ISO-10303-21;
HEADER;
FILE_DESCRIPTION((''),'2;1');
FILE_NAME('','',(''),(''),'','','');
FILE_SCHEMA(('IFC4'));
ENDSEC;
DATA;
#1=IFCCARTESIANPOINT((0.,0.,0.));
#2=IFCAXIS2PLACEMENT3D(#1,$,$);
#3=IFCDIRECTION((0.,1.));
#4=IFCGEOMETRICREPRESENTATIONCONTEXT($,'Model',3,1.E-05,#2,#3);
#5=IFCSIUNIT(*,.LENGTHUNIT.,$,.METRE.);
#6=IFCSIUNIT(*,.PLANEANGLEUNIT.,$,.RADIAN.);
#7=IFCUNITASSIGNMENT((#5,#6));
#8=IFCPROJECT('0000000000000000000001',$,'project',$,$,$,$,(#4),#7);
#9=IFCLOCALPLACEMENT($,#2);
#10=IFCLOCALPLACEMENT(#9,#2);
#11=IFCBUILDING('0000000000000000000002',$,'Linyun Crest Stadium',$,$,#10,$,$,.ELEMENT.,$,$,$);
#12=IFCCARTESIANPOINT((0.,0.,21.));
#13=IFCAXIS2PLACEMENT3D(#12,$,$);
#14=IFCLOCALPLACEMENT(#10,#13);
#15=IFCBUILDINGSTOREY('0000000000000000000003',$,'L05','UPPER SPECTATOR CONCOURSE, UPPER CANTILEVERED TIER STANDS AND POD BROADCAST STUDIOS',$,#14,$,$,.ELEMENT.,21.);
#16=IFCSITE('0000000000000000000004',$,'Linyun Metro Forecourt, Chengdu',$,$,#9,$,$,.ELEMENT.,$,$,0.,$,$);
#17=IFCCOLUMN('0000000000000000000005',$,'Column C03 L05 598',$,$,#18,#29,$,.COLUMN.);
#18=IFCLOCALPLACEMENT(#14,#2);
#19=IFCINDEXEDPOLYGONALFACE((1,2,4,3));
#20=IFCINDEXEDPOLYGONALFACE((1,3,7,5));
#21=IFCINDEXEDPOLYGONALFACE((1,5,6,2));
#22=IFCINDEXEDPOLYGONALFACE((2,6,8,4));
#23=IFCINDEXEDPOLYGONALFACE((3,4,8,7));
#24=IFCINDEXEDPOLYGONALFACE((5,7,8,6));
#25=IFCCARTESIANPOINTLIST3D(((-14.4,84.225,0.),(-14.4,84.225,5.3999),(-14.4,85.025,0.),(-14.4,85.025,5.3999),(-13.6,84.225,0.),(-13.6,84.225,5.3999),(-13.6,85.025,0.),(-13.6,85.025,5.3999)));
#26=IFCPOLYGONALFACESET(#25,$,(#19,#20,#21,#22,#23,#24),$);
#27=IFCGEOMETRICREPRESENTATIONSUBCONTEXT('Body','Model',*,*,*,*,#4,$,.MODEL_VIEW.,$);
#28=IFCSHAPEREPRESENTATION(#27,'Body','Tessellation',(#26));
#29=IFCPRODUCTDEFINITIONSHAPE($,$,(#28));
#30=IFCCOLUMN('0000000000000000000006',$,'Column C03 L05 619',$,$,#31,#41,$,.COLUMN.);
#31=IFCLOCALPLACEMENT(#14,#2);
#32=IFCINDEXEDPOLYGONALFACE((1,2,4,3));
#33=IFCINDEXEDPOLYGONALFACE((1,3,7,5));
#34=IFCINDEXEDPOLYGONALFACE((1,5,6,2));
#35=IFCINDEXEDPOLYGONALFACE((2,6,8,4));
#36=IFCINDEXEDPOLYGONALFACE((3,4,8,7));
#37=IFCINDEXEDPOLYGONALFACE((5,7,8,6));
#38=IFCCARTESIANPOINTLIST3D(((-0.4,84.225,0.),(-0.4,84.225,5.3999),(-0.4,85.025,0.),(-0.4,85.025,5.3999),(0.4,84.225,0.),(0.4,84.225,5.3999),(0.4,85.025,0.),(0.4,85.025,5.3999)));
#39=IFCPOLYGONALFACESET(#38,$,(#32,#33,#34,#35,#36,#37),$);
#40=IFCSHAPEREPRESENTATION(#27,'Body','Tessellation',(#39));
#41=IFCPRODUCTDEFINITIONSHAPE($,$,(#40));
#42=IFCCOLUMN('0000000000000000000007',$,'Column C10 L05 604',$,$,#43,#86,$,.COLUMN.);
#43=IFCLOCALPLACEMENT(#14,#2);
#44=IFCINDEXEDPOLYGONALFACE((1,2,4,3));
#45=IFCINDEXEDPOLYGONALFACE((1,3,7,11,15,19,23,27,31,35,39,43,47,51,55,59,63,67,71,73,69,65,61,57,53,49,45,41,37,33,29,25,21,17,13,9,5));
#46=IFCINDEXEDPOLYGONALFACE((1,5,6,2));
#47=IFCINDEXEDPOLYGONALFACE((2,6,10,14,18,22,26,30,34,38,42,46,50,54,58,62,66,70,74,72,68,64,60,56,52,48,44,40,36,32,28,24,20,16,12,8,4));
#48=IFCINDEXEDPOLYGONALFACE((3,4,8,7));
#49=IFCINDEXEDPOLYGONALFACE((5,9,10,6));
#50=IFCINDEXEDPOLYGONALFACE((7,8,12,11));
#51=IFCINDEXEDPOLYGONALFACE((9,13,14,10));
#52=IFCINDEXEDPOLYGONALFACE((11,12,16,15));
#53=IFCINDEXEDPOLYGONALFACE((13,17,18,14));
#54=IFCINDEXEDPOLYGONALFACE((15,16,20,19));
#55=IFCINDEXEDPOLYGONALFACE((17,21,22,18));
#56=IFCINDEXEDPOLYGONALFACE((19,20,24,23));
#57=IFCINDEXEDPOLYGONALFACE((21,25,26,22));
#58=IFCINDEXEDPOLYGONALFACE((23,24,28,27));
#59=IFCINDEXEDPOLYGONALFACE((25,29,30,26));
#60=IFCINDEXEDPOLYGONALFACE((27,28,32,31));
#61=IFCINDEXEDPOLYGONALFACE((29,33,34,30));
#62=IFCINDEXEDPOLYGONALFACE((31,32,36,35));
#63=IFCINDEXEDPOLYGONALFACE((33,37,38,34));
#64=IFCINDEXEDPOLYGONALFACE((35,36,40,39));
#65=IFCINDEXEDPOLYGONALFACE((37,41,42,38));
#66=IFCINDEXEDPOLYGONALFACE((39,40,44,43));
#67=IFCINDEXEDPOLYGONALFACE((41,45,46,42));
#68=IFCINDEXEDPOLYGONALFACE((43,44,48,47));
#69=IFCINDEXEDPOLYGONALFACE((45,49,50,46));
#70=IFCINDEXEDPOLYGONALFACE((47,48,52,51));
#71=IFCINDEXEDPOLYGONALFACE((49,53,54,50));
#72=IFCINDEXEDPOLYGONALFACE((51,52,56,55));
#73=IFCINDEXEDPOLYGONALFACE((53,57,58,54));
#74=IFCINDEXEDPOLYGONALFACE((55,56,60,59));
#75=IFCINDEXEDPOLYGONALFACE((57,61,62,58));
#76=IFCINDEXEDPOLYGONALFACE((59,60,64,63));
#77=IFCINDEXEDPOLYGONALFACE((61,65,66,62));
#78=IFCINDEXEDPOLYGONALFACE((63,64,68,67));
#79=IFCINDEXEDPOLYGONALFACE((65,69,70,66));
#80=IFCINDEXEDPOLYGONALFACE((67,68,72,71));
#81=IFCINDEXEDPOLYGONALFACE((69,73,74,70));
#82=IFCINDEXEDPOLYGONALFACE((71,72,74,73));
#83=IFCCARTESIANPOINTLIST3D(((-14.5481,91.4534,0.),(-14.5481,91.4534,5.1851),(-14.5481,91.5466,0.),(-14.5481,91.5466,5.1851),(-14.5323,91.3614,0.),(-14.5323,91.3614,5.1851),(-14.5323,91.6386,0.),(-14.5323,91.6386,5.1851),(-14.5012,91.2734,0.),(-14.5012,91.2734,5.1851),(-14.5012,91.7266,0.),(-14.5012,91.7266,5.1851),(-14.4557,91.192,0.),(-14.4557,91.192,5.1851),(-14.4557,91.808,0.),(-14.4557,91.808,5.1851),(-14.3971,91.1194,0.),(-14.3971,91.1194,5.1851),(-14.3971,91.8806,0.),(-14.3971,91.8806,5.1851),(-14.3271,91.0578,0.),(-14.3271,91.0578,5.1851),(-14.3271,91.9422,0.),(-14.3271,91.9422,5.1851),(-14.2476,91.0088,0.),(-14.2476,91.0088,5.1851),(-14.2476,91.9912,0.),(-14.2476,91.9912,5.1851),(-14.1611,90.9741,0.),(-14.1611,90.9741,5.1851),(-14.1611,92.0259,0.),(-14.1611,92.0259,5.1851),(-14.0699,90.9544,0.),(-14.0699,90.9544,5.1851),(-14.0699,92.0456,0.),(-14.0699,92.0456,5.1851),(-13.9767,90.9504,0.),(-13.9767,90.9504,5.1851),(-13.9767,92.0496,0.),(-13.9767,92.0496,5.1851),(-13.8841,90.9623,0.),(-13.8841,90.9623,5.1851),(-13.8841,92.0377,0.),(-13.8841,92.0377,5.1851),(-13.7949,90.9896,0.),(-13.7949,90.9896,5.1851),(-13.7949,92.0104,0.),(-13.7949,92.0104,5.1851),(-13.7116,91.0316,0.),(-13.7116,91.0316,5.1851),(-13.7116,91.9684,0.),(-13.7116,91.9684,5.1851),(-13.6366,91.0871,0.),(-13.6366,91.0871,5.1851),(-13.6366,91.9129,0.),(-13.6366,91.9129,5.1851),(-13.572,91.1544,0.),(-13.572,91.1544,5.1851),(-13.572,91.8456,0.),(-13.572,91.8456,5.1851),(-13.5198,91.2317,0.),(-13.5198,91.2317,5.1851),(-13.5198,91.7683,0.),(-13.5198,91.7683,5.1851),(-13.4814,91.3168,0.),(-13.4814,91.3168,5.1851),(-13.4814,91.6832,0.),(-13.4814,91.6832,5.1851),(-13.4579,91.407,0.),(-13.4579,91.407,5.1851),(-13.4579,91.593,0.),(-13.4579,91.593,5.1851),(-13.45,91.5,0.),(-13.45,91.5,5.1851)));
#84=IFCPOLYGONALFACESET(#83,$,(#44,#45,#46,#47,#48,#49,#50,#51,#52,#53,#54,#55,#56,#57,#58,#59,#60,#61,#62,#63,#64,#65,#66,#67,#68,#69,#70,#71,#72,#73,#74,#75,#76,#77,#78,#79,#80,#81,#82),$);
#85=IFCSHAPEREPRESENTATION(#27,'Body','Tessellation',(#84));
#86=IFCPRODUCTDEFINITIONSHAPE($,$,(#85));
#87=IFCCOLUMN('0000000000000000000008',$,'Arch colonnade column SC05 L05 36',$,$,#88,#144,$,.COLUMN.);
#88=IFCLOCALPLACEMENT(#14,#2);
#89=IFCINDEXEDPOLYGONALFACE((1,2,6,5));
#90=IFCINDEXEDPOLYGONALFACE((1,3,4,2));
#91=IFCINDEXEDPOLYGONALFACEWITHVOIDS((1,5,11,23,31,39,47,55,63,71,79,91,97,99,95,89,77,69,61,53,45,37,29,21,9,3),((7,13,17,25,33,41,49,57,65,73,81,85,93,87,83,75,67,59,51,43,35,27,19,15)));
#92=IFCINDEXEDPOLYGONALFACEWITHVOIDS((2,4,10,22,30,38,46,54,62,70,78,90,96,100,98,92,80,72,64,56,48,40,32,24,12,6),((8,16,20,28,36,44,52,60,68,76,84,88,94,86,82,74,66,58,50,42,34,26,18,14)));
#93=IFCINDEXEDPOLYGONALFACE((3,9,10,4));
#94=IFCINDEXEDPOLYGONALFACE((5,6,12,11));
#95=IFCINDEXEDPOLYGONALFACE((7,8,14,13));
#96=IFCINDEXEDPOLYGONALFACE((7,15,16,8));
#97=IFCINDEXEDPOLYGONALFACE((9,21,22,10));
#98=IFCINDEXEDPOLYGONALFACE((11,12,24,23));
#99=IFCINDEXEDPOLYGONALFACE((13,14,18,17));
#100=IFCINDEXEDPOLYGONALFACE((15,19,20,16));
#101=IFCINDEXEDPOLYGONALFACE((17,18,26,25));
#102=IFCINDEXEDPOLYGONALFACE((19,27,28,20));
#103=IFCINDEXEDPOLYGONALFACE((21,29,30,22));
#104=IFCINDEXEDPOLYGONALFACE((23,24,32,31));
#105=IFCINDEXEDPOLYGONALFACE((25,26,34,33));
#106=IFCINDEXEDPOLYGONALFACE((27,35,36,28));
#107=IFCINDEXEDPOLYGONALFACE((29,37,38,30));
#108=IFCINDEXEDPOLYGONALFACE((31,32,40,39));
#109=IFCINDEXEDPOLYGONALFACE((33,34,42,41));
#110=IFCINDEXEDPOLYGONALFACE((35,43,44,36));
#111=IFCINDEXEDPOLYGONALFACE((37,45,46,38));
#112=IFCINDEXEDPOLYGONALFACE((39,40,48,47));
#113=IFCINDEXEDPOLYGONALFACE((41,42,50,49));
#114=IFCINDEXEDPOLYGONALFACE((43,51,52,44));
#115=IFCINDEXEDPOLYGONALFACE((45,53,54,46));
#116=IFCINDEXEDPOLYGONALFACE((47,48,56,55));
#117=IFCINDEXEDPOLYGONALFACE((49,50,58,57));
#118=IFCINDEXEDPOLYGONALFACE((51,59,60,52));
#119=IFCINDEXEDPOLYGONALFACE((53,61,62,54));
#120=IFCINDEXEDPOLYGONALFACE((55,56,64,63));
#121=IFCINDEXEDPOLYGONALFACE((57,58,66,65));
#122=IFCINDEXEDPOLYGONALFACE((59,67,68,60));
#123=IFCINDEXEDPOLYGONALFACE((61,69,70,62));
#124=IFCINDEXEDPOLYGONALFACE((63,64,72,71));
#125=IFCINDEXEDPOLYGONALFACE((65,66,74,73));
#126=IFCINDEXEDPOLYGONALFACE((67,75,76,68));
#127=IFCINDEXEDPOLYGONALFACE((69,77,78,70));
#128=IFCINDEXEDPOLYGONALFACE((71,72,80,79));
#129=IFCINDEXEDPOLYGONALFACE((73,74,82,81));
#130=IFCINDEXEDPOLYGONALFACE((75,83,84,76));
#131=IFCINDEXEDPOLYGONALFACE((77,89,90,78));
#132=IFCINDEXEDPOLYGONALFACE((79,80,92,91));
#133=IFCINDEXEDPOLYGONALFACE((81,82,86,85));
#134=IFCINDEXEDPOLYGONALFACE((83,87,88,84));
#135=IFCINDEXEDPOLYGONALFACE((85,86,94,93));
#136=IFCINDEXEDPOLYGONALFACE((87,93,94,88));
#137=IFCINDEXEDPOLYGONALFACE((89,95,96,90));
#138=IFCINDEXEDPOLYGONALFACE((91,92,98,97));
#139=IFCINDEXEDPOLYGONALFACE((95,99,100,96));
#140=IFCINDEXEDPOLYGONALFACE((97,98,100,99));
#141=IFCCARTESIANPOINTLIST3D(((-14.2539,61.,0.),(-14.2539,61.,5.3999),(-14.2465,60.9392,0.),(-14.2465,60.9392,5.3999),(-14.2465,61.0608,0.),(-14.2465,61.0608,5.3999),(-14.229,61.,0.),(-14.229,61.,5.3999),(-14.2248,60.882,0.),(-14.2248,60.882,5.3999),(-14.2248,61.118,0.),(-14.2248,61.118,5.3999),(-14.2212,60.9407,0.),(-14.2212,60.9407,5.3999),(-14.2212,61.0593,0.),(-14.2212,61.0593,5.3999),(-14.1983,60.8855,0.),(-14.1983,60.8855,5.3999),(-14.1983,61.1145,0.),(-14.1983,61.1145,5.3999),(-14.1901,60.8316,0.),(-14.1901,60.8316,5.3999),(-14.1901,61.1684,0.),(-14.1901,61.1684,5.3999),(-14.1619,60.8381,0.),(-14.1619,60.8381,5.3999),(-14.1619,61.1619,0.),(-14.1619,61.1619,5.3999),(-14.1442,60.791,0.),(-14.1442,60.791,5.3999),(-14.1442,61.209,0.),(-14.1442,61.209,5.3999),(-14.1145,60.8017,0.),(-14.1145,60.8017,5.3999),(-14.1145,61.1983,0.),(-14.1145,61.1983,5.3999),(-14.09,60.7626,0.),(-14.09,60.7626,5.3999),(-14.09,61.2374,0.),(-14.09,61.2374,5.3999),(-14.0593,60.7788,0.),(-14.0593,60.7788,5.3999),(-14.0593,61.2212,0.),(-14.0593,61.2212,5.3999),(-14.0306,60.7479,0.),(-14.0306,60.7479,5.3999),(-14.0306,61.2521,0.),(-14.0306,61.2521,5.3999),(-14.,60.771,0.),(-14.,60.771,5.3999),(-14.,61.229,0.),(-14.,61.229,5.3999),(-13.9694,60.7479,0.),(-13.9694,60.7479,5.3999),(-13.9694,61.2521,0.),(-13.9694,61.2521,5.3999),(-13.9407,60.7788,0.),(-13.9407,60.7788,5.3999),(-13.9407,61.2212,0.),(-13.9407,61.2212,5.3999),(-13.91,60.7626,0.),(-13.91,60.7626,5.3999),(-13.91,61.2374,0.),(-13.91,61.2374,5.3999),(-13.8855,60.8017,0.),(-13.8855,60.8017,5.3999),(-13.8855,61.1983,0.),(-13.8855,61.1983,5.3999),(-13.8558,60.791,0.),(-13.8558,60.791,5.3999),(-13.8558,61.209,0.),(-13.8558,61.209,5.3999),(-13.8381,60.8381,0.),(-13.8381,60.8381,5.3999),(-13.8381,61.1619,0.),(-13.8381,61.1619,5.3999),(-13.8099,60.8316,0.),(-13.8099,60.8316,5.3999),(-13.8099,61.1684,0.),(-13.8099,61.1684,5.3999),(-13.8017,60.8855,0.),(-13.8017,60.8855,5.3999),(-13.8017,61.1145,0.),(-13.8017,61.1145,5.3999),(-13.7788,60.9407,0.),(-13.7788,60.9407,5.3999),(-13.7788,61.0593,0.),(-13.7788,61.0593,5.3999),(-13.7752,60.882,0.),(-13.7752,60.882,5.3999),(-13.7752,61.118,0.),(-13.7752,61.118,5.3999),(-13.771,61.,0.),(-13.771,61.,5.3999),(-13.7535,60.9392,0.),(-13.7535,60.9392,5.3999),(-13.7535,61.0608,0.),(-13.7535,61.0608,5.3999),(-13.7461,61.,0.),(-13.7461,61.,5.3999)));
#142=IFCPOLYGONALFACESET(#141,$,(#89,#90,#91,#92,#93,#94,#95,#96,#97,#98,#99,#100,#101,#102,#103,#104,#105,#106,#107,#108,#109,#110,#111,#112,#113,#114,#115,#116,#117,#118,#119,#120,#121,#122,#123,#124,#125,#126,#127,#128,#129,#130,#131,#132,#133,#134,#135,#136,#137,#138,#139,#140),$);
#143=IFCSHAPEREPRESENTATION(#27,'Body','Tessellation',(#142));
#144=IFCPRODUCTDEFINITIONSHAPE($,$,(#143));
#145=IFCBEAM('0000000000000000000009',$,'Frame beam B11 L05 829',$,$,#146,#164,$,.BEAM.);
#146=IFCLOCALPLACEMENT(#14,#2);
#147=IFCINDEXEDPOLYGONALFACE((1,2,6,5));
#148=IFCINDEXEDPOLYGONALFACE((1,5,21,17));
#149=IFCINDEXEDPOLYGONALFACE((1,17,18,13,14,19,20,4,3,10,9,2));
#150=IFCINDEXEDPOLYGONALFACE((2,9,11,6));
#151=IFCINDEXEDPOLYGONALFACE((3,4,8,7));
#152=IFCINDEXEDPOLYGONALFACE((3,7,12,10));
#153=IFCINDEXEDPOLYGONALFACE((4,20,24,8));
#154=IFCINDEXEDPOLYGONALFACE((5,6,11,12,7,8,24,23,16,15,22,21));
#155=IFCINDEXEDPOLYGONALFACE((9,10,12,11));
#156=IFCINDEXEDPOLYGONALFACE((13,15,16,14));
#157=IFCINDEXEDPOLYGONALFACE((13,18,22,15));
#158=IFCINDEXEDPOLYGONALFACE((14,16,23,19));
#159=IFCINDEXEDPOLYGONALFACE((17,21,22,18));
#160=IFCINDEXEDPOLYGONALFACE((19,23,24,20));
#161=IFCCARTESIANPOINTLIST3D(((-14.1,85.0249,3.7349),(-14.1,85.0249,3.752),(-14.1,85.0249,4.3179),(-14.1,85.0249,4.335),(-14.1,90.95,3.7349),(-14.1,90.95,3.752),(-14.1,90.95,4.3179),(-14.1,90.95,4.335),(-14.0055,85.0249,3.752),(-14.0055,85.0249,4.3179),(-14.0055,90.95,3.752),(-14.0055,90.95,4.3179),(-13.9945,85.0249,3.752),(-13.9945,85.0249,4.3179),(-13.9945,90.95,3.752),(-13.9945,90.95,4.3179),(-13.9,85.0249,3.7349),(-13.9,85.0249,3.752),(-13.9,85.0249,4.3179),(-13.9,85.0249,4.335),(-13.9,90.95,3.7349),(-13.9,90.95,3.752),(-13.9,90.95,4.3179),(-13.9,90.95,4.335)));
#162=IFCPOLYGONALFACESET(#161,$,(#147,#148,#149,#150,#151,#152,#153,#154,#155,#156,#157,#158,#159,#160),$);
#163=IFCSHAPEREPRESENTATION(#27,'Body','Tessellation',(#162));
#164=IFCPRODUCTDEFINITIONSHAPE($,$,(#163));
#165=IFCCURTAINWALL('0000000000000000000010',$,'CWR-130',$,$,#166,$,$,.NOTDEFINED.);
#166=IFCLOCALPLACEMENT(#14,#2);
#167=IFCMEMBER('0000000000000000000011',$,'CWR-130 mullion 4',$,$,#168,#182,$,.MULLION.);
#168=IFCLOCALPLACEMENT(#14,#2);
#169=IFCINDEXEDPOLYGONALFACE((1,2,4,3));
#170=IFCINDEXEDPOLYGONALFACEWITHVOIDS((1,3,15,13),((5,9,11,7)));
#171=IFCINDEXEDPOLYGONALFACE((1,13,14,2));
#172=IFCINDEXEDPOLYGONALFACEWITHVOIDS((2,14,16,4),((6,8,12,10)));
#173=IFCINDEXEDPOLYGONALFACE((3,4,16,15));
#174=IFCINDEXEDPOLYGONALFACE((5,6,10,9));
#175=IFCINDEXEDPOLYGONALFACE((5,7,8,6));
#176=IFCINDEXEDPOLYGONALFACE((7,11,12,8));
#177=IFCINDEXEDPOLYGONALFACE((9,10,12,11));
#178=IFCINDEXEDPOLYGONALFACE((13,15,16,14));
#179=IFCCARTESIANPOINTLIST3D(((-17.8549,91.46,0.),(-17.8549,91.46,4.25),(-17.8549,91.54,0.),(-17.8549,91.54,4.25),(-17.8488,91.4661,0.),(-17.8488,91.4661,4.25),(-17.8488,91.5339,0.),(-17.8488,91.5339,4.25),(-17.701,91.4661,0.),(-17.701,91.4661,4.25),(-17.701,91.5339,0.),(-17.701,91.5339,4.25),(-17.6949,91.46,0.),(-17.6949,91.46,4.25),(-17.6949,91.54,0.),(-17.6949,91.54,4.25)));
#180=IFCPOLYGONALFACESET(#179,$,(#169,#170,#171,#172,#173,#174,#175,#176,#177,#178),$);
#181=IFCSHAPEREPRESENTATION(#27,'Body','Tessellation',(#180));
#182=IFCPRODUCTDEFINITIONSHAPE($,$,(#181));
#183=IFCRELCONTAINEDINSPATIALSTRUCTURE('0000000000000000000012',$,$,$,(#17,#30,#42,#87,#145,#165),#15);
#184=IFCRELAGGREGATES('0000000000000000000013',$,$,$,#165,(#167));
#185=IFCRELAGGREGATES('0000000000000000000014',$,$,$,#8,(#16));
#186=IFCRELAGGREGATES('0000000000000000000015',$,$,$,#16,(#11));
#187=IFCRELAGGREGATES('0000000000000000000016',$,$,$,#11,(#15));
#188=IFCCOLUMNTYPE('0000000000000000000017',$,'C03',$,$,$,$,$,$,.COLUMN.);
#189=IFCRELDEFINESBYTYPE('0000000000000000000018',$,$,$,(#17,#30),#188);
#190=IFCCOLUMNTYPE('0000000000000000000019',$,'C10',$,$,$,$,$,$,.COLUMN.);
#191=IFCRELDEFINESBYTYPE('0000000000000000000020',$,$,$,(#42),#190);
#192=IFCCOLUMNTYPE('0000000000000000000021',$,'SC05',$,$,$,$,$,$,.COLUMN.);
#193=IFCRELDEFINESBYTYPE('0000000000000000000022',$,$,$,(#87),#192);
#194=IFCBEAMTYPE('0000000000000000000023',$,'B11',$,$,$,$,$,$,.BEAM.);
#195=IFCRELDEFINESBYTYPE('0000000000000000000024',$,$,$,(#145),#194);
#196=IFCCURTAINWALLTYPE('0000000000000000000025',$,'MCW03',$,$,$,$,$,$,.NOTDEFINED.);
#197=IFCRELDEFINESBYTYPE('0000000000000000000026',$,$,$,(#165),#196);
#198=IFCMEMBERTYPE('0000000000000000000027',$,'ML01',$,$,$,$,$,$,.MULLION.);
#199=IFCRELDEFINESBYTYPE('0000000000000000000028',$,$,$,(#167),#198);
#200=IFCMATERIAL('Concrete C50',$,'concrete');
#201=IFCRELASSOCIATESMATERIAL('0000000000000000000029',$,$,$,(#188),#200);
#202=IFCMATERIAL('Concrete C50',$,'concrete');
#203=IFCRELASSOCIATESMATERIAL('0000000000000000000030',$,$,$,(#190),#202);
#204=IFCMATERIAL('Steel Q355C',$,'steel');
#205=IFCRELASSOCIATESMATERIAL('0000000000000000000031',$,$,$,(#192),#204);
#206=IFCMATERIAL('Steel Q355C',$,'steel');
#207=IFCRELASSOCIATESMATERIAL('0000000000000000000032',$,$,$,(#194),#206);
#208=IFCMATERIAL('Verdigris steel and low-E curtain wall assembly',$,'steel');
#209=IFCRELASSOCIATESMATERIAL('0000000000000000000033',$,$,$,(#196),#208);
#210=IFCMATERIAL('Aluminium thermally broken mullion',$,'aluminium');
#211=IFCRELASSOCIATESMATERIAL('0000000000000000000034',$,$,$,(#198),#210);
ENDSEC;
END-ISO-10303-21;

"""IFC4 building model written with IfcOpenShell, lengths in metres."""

from ifc_helpers import new_model, si_unit, direction, frame, origin, origin_2d, place, context, subcontext, project, spatial, rectangle, hollow_rectangle, circle, hollow_circle, i_section, extrude, material, material_profile, profile_set, type_object, element, aggregate, save


model = new_model("IFC4")

# Units and contexts
model_context = context("Model", 3, precision=1e-05, world=origin(), true_north=direction((0.0, 1.0)))
body_context = subcontext(model_context, "Body", "Model", "MODEL_VIEW")
ifc_project = project(units=[si_unit("LENGTHUNIT", "METRE"), si_unit("PLANEANGLEUNIT", "RADIAN")], contexts=[model_context])

# Site, building, storey
site_placement = place(None, origin())
site = spatial("IfcSite", under=ifc_project, at=site_placement, Name="Linyun Metro Forecourt, Chengdu", CompositionType="ELEMENT", RefElevation=0.0)
building_placement = place(site_placement, origin())
building = spatial("IfcBuilding", under=site, at=building_placement, Name="Linyun Crest Stadium", CompositionType="ELEMENT")
storey_placement = place(building_placement, frame((0.0, 0.0, 21.0)))
storey = spatial("IfcBuildingStorey", under=building, at=storey_placement, Name="L05", Description="UPPER SPECTATOR CONCOURSE, UPPER CANTILEVERED TIER STANDS AND POD BROADCAST STUDIOS", CompositionType="ELEMENT", Elevation=21.0)

# Columns
ifc_material_1 = material(Name="Concrete C50", Category="concrete")
ifc_material_profile_1 = material_profile(ifc_material_1, rectangle(XDim=0.8, YDim=0.8, at=origin_2d()), Name="RC 800x800")
ifc_profile_set_1 = profile_set([ifc_material_profile_1], Name="Concrete C50")
column_type_1 = type_object("IfcColumnType", Name="C03", PredefinedType="COLUMN", material=ifc_profile_set_1)
for number, where, z_axis, x_axis, name in (
    (1, (-14.0, 84.625, 0.0), (0.0, 0.0, 1.0), (1.0, 0.0, 0.0), "Column C03 L05 598"),
    (2, (0.0, 84.625, 0.0), (0.0, 0.0, 1.0), (1.0, 0.0, 0.0), "Column C03 L05 619"),
):
    element("IfcColumn", number, at=place(storey_placement, frame(where, z_axis=z_axis, x_axis=x_axis)), inside=storey, type_object=column_type_1, Name=name, PredefinedType="COLUMN", context=body_context, shape_type="SweptSolid", body=[
        extrude(rectangle(XDim=0.8, YDim=0.8, at=origin_2d()), origin(), (0.0, 0.0, 1.0), 5.3999),
    ])
ifc_material_2 = material(Name="Concrete C50", Category="concrete")
ifc_material_profile_2 = material_profile(ifc_material_2, circle(Radius=0.55, at=origin_2d()), Name="RC D1100")
ifc_profile_set_2 = profile_set([ifc_material_profile_2], Name="Concrete C50")
column_type_2 = type_object("IfcColumnType", Name="C10", PredefinedType="COLUMN", material=ifc_profile_set_2)
column_1_placement = place(storey_placement, frame((-14.0, 91.5, 0.0), z_axis=(0.0, 0.0, 1.0), x_axis=(1.0, 0.0, 0.0)))
element("IfcColumn", 3, at=column_1_placement, inside=storey, type_object=column_type_2, Name="Column C10 L05 604", PredefinedType="COLUMN", context=body_context, shape_type="SweptSolid", body=[
    extrude(circle(Radius=0.55, at=origin_2d()), origin(), (0.0, 0.0, 1.0), 5.1851),
])
ifc_material_3 = material(Name="Steel Q355C", Category="steel")
ifc_material_profile_3 = material_profile(ifc_material_3, hollow_circle(Radius=0.2539, WallThickness=0.0249, at=origin_2d()), Name="CHS 508x25")
ifc_profile_set_3 = profile_set([ifc_material_profile_3], Name="Steel Q355C")
column_type_3 = type_object("IfcColumnType", Name="SC05", PredefinedType="COLUMN", material=ifc_profile_set_3)
column_2_placement = place(storey_placement, frame((-14.0, 61.0, 0.0), z_axis=(0.0, 0.0, 1.0), x_axis=(1.0, 0.0, 0.0)))
element("IfcColumn", 4, at=column_2_placement, inside=storey, type_object=column_type_3, Name="Arch colonnade column SC05 L05 36", PredefinedType="COLUMN", context=body_context, shape_type="SweptSolid", body=[
    extrude(hollow_circle(Radius=0.2539, WallThickness=0.0249, at=origin_2d()), origin(), (0.0, 0.0, 1.0), 5.3999),
])

# Beam
ifc_material_4 = material(Name="Steel Q355C", Category="steel")
ifc_material_profile_4 = material_profile(ifc_material_4, i_section(OverallWidth=0.2, OverallDepth=0.6001, WebThickness=0.011, FlangeThickness=0.0171, at=origin_2d()), Name="HN 600x200")
ifc_profile_set_4 = profile_set([ifc_material_profile_4], Name="Steel Q355C")
beam_type_1 = type_object("IfcBeamType", Name="B11", PredefinedType="BEAM", material=ifc_profile_set_4)
beam_1_placement = place(storey_placement, frame((-14.0, 85.0249, 4.0349), z_axis=(0.0, 1.0, 0.0), x_axis=(-1.0, 0.0, 0.0)))
element("IfcBeam", 5, at=beam_1_placement, inside=storey, type_object=beam_type_1, Name="Frame beam B11 L05 829", PredefinedType="BEAM", context=body_context, shape_type="SweptSolid", body=[
    extrude(i_section(OverallWidth=0.2, OverallDepth=0.6001, WebThickness=0.011, FlangeThickness=0.0171, at=origin_2d()), origin(), (0.0, 0.0, 1.0), 5.925),
])

# Curtain wall, member
ifc_material_5 = material(Name="Verdigris steel and low-E curtain wall assembly", Category="steel")
curtain_wall_type = type_object("IfcCurtainWallType", Name="MCW03", PredefinedType="NOTDEFINED", material=ifc_material_5)
curtain_wall_1_placement = place(storey_placement, origin())
curtain_wall_1 = element("IfcCurtainWall", 6, at=curtain_wall_1_placement, inside=storey, type_object=curtain_wall_type, Name="CWR-130", PredefinedType="NOTDEFINED")
ifc_material_6 = material(Name="Aluminium thermally broken mullion", Category="aluminium")
ifc_material_profile_5 = material_profile(ifc_material_6, hollow_rectangle(XDim=0.0801, YDim=0.1599, WallThickness=0.0061, at=origin_2d()), Name="RHS 160x80x6")
ifc_profile_set_5 = profile_set([ifc_material_profile_5], Name="Aluminium thermally broken mullion")
member_type_1 = type_object("IfcMemberType", Name="ML01", PredefinedType="MULLION", material=ifc_profile_set_5)
member_1_placement = place(storey_placement, frame((-17.7749, 91.5, 0.0), z_axis=(0.0, 0.0, 1.0), x_axis=(0.0, 1.0, 0.0)))
member_1 = element("IfcMember", 7, at=member_1_placement, type_object=member_type_1, Name="CWR-130 mullion 4", PredefinedType="MULLION", context=body_context, shape_type="SweptSolid", body=[
    extrude(hollow_rectangle(XDim=0.0801, YDim=0.1599, WallThickness=0.0061, at=origin_2d()), origin(), (0.0, 0.0, 1.0), 4.25),
])

aggregate(curtain_wall_1, [member_1])

save(model, "model.ifc")
